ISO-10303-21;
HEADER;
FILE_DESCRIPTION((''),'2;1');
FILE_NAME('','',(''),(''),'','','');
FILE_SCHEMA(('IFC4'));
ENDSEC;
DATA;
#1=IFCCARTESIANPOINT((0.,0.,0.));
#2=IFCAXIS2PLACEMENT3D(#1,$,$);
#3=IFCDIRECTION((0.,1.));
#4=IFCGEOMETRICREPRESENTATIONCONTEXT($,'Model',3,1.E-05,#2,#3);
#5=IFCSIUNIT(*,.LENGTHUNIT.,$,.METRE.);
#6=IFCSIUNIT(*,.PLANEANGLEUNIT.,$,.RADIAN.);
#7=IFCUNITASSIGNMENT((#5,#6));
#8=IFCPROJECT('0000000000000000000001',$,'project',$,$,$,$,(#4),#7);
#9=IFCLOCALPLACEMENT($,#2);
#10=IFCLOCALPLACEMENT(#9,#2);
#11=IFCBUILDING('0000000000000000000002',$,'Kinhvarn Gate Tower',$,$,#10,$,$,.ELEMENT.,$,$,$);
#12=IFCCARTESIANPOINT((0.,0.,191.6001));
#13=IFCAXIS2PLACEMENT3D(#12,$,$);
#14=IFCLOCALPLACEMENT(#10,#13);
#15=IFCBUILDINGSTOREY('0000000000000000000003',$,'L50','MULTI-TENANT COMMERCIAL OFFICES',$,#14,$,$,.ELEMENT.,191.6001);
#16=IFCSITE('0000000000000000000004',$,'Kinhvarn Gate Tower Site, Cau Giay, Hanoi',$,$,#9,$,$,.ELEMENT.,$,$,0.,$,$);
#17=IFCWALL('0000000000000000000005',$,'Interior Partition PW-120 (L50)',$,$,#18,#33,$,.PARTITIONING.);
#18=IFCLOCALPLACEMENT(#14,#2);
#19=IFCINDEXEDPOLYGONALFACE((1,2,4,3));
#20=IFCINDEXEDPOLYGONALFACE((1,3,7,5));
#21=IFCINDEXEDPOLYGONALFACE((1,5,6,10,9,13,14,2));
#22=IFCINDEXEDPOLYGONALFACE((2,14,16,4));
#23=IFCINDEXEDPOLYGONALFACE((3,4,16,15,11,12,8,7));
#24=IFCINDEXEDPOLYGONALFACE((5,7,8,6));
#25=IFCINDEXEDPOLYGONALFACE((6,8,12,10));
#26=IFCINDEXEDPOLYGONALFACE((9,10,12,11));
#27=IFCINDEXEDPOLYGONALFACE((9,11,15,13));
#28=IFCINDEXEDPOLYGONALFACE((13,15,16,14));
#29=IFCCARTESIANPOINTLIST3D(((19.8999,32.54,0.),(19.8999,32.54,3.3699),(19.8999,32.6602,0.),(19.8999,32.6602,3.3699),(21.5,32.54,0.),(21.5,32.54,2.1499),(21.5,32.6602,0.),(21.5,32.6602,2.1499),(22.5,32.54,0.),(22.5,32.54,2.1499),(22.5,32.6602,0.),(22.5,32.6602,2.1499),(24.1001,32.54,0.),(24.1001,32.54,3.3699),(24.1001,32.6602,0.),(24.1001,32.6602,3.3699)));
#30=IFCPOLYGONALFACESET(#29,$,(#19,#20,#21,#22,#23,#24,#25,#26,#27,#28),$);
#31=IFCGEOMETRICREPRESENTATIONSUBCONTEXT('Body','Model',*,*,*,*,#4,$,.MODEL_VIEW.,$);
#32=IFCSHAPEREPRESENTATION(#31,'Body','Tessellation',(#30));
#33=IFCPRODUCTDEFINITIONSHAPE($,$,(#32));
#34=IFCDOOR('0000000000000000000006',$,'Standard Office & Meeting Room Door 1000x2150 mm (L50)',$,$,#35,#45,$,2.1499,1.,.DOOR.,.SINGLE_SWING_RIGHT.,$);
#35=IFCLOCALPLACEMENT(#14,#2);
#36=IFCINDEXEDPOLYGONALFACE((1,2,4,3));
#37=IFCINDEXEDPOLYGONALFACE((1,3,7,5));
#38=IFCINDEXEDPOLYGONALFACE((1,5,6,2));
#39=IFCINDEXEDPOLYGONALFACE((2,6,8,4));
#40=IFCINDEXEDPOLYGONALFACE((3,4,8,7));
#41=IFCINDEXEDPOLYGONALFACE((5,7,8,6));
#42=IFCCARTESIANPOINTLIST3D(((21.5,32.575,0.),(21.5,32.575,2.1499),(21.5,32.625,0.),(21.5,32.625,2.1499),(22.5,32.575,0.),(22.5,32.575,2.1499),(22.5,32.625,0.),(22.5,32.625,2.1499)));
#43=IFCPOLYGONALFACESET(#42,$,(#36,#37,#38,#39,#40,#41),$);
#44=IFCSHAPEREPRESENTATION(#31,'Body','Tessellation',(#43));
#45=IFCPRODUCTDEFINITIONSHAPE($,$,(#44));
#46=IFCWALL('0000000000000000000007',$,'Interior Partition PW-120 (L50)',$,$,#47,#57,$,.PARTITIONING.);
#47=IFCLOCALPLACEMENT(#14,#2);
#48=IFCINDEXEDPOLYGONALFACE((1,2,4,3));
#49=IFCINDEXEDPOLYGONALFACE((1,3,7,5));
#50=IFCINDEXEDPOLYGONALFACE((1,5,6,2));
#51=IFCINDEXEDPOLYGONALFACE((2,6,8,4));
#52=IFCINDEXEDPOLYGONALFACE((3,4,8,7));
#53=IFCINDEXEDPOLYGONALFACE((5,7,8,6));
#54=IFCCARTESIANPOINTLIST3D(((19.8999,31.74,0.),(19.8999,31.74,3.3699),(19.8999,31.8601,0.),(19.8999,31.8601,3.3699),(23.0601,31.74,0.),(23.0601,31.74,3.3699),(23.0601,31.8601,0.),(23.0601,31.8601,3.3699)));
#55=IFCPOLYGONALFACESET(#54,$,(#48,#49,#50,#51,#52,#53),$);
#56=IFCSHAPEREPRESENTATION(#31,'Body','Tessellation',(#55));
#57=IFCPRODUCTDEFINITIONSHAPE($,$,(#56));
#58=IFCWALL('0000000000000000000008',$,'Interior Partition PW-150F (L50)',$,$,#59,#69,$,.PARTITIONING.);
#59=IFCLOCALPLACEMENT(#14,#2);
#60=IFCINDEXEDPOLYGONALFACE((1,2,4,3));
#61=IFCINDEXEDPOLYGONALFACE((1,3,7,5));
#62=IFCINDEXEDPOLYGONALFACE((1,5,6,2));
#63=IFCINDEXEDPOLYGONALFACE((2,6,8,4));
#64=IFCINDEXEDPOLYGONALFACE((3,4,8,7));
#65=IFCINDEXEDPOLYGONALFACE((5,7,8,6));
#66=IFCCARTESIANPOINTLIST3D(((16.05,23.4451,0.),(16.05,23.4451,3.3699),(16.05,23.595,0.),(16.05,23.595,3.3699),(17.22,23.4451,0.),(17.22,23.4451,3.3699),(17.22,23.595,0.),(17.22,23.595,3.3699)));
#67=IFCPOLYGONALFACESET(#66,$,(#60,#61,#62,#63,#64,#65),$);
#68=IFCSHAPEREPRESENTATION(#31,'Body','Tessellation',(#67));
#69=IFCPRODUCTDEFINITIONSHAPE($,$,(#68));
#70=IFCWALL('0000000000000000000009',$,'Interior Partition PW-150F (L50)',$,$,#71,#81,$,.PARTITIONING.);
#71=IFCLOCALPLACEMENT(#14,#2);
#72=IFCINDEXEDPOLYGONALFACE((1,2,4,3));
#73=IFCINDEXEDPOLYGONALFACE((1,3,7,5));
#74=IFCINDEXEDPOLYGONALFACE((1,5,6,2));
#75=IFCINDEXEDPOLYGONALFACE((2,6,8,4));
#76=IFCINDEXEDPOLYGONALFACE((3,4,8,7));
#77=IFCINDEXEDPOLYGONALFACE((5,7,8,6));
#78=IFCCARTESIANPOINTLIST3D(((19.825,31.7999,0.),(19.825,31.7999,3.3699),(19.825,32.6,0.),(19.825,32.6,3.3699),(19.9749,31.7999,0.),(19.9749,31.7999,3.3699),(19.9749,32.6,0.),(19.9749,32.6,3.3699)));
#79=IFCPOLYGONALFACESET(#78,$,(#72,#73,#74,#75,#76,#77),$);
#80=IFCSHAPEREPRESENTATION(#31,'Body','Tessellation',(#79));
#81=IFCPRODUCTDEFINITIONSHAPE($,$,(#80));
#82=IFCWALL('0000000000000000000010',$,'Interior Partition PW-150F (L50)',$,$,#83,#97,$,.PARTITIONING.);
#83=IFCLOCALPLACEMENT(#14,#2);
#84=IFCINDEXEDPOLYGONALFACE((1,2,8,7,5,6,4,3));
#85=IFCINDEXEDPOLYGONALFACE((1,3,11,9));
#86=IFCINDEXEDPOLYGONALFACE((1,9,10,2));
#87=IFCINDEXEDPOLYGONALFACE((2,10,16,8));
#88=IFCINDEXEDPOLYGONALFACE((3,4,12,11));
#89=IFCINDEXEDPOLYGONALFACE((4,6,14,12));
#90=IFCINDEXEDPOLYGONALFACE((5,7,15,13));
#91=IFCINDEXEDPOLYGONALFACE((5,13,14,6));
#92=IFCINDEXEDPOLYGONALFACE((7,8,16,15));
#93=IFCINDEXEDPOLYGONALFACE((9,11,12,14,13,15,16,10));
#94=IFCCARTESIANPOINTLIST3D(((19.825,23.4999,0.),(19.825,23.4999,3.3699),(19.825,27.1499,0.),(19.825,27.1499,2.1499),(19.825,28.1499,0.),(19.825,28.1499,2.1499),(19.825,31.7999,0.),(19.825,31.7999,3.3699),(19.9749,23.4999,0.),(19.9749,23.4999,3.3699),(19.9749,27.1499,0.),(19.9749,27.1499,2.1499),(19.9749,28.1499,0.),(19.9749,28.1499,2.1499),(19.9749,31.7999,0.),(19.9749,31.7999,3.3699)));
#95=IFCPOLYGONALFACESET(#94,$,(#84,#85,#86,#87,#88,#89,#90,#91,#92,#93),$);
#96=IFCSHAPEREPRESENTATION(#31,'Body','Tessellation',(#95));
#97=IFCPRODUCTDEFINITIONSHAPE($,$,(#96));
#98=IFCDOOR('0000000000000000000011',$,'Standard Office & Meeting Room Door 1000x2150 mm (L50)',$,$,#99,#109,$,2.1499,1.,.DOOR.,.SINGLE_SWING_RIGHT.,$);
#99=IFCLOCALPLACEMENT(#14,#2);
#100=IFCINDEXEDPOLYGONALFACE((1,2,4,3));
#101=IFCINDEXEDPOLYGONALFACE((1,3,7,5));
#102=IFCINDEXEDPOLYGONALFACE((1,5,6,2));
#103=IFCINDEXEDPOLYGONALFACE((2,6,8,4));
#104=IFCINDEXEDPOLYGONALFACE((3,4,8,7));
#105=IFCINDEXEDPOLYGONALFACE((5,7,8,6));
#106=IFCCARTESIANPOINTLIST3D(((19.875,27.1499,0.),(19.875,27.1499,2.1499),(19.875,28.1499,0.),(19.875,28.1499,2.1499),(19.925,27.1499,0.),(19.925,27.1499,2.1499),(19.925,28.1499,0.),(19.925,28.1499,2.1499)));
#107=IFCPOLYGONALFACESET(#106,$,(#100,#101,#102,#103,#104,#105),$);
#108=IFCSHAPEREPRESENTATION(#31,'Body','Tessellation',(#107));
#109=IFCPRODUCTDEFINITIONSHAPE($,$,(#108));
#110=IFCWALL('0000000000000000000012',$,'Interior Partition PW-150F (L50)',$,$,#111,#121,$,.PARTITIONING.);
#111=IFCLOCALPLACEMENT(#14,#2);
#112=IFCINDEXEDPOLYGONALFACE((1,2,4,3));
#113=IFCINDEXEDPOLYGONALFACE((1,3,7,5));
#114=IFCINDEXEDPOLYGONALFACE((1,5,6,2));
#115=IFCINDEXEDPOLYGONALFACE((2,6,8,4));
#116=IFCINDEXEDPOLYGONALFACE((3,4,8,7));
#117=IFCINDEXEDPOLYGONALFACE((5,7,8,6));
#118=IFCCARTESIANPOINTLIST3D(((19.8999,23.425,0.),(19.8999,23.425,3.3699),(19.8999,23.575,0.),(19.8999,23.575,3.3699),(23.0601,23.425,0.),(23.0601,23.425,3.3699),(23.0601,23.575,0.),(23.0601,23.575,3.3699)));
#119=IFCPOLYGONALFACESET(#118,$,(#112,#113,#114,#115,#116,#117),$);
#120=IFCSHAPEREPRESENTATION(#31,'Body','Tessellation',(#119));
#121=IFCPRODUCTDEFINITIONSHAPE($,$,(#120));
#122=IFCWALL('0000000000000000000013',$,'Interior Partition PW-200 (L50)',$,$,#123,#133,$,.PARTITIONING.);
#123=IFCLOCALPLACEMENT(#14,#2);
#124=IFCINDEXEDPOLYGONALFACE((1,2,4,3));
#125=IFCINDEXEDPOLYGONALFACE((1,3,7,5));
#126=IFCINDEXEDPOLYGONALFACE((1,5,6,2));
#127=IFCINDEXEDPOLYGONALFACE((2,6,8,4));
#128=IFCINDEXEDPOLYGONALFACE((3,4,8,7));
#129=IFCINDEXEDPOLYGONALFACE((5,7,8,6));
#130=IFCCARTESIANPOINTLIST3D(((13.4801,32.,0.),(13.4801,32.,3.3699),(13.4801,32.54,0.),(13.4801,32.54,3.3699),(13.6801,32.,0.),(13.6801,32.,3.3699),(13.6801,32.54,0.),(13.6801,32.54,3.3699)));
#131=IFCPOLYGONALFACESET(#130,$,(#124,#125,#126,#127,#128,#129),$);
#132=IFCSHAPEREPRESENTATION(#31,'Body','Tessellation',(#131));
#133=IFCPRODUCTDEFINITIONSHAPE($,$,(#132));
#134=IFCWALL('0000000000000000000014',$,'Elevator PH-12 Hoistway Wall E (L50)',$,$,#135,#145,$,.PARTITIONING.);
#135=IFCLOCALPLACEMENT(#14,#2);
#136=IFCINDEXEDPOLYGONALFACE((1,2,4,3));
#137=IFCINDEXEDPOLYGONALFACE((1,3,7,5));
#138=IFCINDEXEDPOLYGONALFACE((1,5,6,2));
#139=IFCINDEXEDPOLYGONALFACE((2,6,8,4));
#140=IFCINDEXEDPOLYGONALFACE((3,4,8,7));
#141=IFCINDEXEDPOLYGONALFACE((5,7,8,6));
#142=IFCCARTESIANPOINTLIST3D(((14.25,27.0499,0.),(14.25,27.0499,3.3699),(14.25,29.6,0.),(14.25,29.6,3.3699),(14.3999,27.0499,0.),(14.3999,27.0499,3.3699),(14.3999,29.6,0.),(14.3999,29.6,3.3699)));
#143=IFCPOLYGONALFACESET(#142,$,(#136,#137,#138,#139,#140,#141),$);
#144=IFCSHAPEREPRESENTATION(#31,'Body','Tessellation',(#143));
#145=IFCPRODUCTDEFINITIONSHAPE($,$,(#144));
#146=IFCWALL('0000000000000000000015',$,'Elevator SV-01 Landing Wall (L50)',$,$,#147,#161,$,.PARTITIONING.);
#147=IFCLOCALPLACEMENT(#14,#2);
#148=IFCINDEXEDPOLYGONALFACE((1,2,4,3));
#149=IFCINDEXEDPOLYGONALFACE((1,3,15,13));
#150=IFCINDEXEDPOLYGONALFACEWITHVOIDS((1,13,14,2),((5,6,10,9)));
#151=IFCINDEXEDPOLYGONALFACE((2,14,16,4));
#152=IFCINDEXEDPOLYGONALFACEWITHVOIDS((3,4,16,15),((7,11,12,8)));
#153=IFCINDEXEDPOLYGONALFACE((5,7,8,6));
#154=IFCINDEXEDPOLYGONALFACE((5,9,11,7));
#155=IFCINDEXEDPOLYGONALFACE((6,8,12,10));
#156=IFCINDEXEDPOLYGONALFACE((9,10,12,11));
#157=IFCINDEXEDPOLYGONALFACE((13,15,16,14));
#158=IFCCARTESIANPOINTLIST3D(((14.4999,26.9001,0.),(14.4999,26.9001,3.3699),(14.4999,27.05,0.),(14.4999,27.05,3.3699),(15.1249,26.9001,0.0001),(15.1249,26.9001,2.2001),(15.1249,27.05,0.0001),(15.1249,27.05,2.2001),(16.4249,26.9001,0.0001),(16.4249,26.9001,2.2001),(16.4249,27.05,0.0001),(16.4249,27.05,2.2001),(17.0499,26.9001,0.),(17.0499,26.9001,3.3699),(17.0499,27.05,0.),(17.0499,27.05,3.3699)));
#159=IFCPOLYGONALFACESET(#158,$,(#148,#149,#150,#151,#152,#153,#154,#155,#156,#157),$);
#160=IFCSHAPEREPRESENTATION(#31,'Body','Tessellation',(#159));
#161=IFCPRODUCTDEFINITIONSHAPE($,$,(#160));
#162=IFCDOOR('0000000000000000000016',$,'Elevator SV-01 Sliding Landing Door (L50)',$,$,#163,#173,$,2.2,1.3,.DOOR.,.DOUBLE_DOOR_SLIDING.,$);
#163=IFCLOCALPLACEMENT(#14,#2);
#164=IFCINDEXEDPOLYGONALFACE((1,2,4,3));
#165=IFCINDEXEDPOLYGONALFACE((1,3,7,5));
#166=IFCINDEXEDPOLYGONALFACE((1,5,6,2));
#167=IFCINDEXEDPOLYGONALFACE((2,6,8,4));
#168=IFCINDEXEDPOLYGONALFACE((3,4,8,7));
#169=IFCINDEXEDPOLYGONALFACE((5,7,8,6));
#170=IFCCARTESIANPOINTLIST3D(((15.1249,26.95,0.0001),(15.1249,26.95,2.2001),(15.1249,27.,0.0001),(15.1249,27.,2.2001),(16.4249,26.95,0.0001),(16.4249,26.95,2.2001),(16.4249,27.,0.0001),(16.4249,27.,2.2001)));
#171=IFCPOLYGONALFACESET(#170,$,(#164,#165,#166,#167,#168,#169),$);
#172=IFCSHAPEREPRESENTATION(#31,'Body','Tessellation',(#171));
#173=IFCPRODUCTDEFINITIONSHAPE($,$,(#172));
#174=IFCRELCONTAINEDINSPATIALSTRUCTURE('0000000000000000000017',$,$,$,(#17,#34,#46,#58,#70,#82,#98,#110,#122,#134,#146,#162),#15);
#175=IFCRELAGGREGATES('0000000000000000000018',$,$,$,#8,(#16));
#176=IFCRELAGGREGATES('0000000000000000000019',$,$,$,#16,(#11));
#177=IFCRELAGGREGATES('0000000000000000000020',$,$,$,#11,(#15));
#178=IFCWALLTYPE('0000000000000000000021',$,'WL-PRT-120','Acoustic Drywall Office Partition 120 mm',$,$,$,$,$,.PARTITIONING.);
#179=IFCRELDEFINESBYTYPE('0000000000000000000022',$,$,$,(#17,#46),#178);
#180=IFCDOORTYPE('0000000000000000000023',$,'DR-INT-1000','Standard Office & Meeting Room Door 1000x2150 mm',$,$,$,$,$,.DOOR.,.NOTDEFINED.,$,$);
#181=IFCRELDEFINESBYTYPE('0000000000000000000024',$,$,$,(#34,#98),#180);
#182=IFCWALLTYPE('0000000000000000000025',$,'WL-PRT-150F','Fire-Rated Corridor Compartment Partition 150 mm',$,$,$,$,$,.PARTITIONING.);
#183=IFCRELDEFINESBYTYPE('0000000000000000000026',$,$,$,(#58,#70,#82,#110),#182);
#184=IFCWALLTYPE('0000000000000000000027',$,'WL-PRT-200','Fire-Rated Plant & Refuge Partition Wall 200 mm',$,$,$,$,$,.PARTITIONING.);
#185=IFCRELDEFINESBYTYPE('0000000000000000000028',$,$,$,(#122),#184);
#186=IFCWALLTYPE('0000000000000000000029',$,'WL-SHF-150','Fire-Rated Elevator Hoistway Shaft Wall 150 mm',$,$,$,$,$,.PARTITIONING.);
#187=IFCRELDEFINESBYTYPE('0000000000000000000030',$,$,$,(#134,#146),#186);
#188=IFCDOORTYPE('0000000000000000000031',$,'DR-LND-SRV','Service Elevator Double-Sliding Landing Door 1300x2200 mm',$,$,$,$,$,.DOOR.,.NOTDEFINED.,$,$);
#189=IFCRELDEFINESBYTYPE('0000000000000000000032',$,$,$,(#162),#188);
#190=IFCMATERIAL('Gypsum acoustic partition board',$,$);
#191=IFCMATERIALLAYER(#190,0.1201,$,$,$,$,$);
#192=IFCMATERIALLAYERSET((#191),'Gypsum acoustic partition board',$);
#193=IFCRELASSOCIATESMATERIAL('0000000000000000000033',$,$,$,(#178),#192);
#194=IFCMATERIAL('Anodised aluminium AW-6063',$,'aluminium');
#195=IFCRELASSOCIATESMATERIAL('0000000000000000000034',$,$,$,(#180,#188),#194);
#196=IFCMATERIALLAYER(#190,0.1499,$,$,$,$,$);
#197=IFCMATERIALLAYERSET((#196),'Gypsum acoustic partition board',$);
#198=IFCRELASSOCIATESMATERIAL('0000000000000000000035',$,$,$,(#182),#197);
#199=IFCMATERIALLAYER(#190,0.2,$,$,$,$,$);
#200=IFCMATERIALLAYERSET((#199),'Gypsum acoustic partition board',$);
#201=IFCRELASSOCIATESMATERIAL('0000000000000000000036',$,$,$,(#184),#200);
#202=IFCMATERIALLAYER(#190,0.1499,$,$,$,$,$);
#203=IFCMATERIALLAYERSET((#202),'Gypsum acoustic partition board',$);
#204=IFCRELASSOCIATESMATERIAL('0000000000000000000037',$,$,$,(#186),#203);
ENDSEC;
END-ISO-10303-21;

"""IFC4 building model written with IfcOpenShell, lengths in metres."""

from ifc_helpers import new_model, si_unit, direction, frame, frame_2d, origin, place, context, subcontext, project, spatial, rectangle, extrude, material, layer, layer_set, type_object, element, fill, save


model = new_model("IFC4")

# Units and contexts
model_context = context("Model", 3, precision=1e-05, world=origin(), true_north=direction((0.0, 1.0)))
body_context = subcontext(model_context, "Body", "Model", "MODEL_VIEW")
ifc_project = project(units=[si_unit("LENGTHUNIT", "METRE"), si_unit("PLANEANGLEUNIT", "RADIAN")], contexts=[model_context])

# Site, building, storey
site_placement = place(None, origin())
site = spatial("IfcSite", under=ifc_project, at=site_placement, Name="Kinhvarn Gate Tower Site, Cau Giay, Hanoi", CompositionType="ELEMENT", RefElevation=0.0)
building_placement = place(site_placement, origin())
building = spatial("IfcBuilding", under=site, at=building_placement, Name="Kinhvarn Gate Tower", CompositionType="ELEMENT")
storey_placement = place(building_placement, frame((0.0, 0.0, 191.6001)))
storey = spatial("IfcBuildingStorey", under=building, at=storey_placement, Name="L50", Description="MULTI-TENANT COMMERCIAL OFFICES", CompositionType="ELEMENT", Elevation=191.6001)

# Wall, opening, door
ifc_material_1 = material(Name="Anodised aluminium AW-6063", Category="aluminium")
ifc_material_2 = material(Name="Gypsum acoustic partition board")
ifc_layer_1 = layer(ifc_material_2, 0.1201)
ifc_layer_set_1 = layer_set([ifc_layer_1], Name="Gypsum acoustic partition board")
wall_type_1 = type_object("IfcWallType", Name="WL-PRT-120", Description="Acoustic Drywall Office Partition 120 mm", PredefinedType="PARTITIONING", material=ifc_layer_set_1)
wall_1_placement = place(storey_placement, frame((19.8999, 32.6001, 0.0), z_axis=(0.0, 0.0, 1.0), x_axis=(1.0, 0.0, 0.0)))
wall_1 = element("IfcWall", 1, at=wall_1_placement, inside=storey, type_object=wall_type_1, Name="Interior Partition PW-120 (L50)", PredefinedType="PARTITIONING", context=body_context, shape_type="SweptSolid", body=[
    extrude(rectangle(XDim=4.2002, YDim=0.1201, at=frame_2d((2.1001, 0.0))), origin(), (0.0, 0.0, 1.0), 3.3699),
])
opening_1_placement = place(wall_1_placement, frame((1.6001, 0.0, 0.0)))
opening_1 = element("IfcOpeningElement", 2, at=opening_1_placement, cuts=wall_1, PredefinedType="OPENING", context=body_context, shape_type="SweptSolid", body=[
    extrude(rectangle(XDim=1.0, YDim=2.1499, at=frame_2d((0.5, 1.075))), frame((0.0, 0.0701, 0.0), z_axis=(0.0, -1.0, 0.0), x_axis=(1.0, 0.0, 0.0)), (0.0, 0.0, 1.0), 0.1401),
])
door_type_1 = type_object("IfcDoorType", Name="DR-INT-1000", Description="Standard Office & Meeting Room Door 1000x2150 mm", OperationType="NOTDEFINED", PredefinedType="DOOR", material=ifc_material_1)
door_1_placement = place(opening_1_placement, origin())
door_1 = element("IfcDoor", 3, at=door_1_placement, inside=storey, type_object=door_type_1, Name="Standard Office & Meeting Room Door 1000x2150 mm (L50)", OperationType="SINGLE_SWING_RIGHT", OverallHeight=2.1499, OverallWidth=1.0, PredefinedType="DOOR", context=body_context, shape_type="SweptSolid", body=[
    extrude(rectangle(XDim=1.0, YDim=2.1499, at=frame_2d((0.5, 1.075))), frame((0.0, 0.0249, 0.0), z_axis=(0.0, -1.0, 0.0), x_axis=(1.0, 0.0, 0.0)), (0.0, 0.0, 1.0), 0.05),
])
fill(opening_1, door_1)

# Walls
wall_2_placement = place(storey_placement, frame((19.8999, 31.8, 0.0), z_axis=(0.0, 0.0, 1.0), x_axis=(1.0, 0.0, 0.0)))
element("IfcWall", 4, at=wall_2_placement, inside=storey, type_object=wall_type_1, Name="Interior Partition PW-120 (L50)", PredefinedType="PARTITIONING", context=body_context, shape_type="SweptSolid", body=[
    extrude(rectangle(XDim=3.1602, YDim=0.1201, at=frame_2d((1.5801, 0.0))), origin(), (0.0, 0.0, 1.0), 3.3699),
])
ifc_layer_2 = layer(ifc_material_2, 0.1499)
ifc_layer_set_2 = layer_set([ifc_layer_2], Name="Gypsum acoustic partition board")
wall_type_2 = type_object("IfcWallType", Name="WL-PRT-150F", Description="Fire-Rated Corridor Compartment Partition 150 mm", PredefinedType="PARTITIONING", material=ifc_layer_set_2)
wall_3_placement = place(storey_placement, frame((16.05, 23.52, 0.0), z_axis=(0.0, 0.0, 1.0), x_axis=(1.0, 0.0, 0.0)))
element("IfcWall", 5, at=wall_3_placement, inside=storey, type_object=wall_type_2, Name="Interior Partition PW-150F (L50)", PredefinedType="PARTITIONING", context=body_context, shape_type="SweptSolid", body=[
    extrude(rectangle(XDim=1.1699, YDim=0.1499, at=frame_2d((0.585, 0.0))), origin(), (0.0, 0.0, 1.0), 3.3699),
])

# Wall
wall_4_placement = place(storey_placement, frame((19.8999, 31.8, 0.0), z_axis=(0.0, 0.0, 1.0), x_axis=(0.0, 1.0, 0.0)))
element("IfcWall", 6, at=wall_4_placement, inside=storey, type_object=wall_type_2, Name="Interior Partition PW-150F (L50)", PredefinedType="PARTITIONING", context=body_context, shape_type="SweptSolid", body=[
    extrude(rectangle(XDim=0.8, YDim=0.1499, at=frame_2d((0.3999, 0.0))), origin(), (0.0, 0.0, 1.0), 3.3699),
])

# Wall, opening, door
wall_5_placement = place(storey_placement, frame((19.8999, 23.5, 0.0), z_axis=(0.0, 0.0, 1.0), x_axis=(0.0, 1.0, 0.0)))
wall_5 = element("IfcWall", 7, at=wall_5_placement, inside=storey, type_object=wall_type_2, Name="Interior Partition PW-150F (L50)", PredefinedType="PARTITIONING", context=body_context, shape_type="SweptSolid", body=[
    extrude(rectangle(XDim=8.3, YDim=0.1499, at=frame_2d((4.1499, 0.0))), origin(), (0.0, 0.0, 1.0), 3.3699),
])
opening_2_placement = place(wall_5_placement, frame((3.6499, 0.0, 0.0)))
opening_2 = element("IfcOpeningElement", 8, at=opening_2_placement, cuts=wall_5, PredefinedType="OPENING", context=body_context, shape_type="SweptSolid", body=[
    extrude(rectangle(XDim=1.0, YDim=2.1499, at=frame_2d((0.5, 1.075))), frame((0.0, 0.085, 0.0), z_axis=(0.0, -1.0, 0.0), x_axis=(1.0, 0.0, 0.0)), (0.0, 0.0, 1.0), 0.1699),
])
door_2_placement = place(opening_2_placement, origin())
door_2 = element("IfcDoor", 9, at=door_2_placement, inside=storey, type_object=door_type_1, Name="Standard Office & Meeting Room Door 1000x2150 mm (L50)", OperationType="SINGLE_SWING_RIGHT", OverallHeight=2.1499, OverallWidth=1.0, PredefinedType="DOOR", context=body_context, shape_type="SweptSolid", body=[
    extrude(rectangle(XDim=1.0, YDim=2.1499, at=frame_2d((0.5, 1.075))), frame((0.0, 0.0249, 0.0), z_axis=(0.0, -1.0, 0.0), x_axis=(1.0, 0.0, 0.0)), (0.0, 0.0, 1.0), 0.05),
])
fill(opening_2, door_2)

# Walls
wall_6_placement = place(storey_placement, frame((19.8999, 23.5, 0.0), z_axis=(0.0, 0.0, 1.0), x_axis=(1.0, 0.0, 0.0)))
element("IfcWall", 10, at=wall_6_placement, inside=storey, type_object=wall_type_2, Name="Interior Partition PW-150F (L50)", PredefinedType="PARTITIONING", context=body_context, shape_type="SweptSolid", body=[
    extrude(rectangle(XDim=3.1602, YDim=0.1499, at=frame_2d((1.5801, 0.0))), origin(), (0.0, 0.0, 1.0), 3.3699),
])
ifc_layer_3 = layer(ifc_material_2, 0.2)
ifc_layer_set_3 = layer_set([ifc_layer_3], Name="Gypsum acoustic partition board")
wall_type_3 = type_object("IfcWallType", Name="WL-PRT-200", Description="Fire-Rated Plant & Refuge Partition Wall 200 mm", PredefinedType="PARTITIONING", material=ifc_layer_set_3)
wall_7_placement = place(storey_placement, frame((13.5801, 32.0, 0.0), z_axis=(0.0, 0.0, 1.0), x_axis=(0.0, 1.0, 0.0)))
element("IfcWall", 11, at=wall_7_placement, inside=storey, type_object=wall_type_3, Name="Interior Partition PW-200 (L50)", PredefinedType="PARTITIONING", context=body_context, shape_type="SweptSolid", body=[
    extrude(rectangle(XDim=0.54, YDim=0.2, at=frame_2d((0.27, 0.0))), origin(), (0.0, 0.0, 1.0), 3.3699),
])
ifc_layer_4 = layer(ifc_material_2, 0.1499)
ifc_layer_set_4 = layer_set([ifc_layer_4], Name="Gypsum acoustic partition board")
wall_type_4 = type_object("IfcWallType", Name="WL-SHF-150", Description="Fire-Rated Elevator Hoistway Shaft Wall 150 mm", PredefinedType="PARTITIONING", material=ifc_layer_set_4)
wall_8_placement = place(storey_placement, frame((14.325, 27.05, 0.0), z_axis=(0.0, 0.0, 1.0), x_axis=(0.0, 1.0, 0.0)))
element("IfcWall", 12, at=wall_8_placement, inside=storey, type_object=wall_type_4, Name="Elevator PH-12 Hoistway Wall E (L50)", PredefinedType="PARTITIONING", context=body_context, shape_type="SweptSolid", body=[
    extrude(rectangle(XDim=2.55, YDim=0.1499, at=frame_2d((1.2749, 0.0))), origin(), (0.0, 0.0, 1.0), 3.3699),
])

# Wall, opening, door
wall_9_placement = place(storey_placement, frame((14.5, 26.9751, 0.0), z_axis=(0.0, 0.0, 1.0), x_axis=(1.0, 0.0, 0.0)))
wall_9 = element("IfcWall", 13, at=wall_9_placement, inside=storey, type_object=wall_type_4, Name="Elevator SV-01 Landing Wall (L50)", PredefinedType="PARTITIONING", context=body_context, shape_type="SweptSolid", body=[
    extrude(rectangle(XDim=2.55, YDim=0.1499, at=frame_2d((1.2749, 0.0))), origin(), (0.0, 0.0, 1.0), 3.3699),
])
opening_3_placement = place(wall_9_placement, frame((0.625, 0.0, 0.0)))
opening_3 = element("IfcOpeningElement", 14, at=opening_3_placement, cuts=wall_9, PredefinedType="OPENING", context=body_context, shape_type="SweptSolid", body=[
    extrude(rectangle(XDim=1.3, YDim=2.2, at=frame_2d((0.6499, 1.1001))), frame((0.0, 0.085, 0.0), z_axis=(0.0, -1.0, 0.0), x_axis=(1.0, 0.0, 0.0)), (0.0, 0.0, 1.0), 0.1699),
])
door_type_2 = type_object("IfcDoorType", Name="DR-LND-SRV", Description="Service Elevator Double-Sliding Landing Door 1300x2200 mm", OperationType="NOTDEFINED", PredefinedType="DOOR", material=ifc_material_1)
door_3_placement = place(opening_3_placement, origin())
door_3 = element("IfcDoor", 15, at=door_3_placement, inside=storey, type_object=door_type_2, Name="Elevator SV-01 Sliding Landing Door (L50)", OperationType="DOUBLE_DOOR_SLIDING", OverallHeight=2.2, OverallWidth=1.3, PredefinedType="DOOR", context=body_context, shape_type="SweptSolid", body=[
    extrude(rectangle(XDim=1.3, YDim=2.2, at=frame_2d((0.6499, 1.1001))), frame((0.0, 0.0249, 0.0), z_axis=(0.0, -1.0, 0.0), x_axis=(1.0, 0.0, 0.0)), (0.0, 0.0, 1.0), 0.05),
])
fill(opening_3, door_3)

save(model, "model.ifc")
